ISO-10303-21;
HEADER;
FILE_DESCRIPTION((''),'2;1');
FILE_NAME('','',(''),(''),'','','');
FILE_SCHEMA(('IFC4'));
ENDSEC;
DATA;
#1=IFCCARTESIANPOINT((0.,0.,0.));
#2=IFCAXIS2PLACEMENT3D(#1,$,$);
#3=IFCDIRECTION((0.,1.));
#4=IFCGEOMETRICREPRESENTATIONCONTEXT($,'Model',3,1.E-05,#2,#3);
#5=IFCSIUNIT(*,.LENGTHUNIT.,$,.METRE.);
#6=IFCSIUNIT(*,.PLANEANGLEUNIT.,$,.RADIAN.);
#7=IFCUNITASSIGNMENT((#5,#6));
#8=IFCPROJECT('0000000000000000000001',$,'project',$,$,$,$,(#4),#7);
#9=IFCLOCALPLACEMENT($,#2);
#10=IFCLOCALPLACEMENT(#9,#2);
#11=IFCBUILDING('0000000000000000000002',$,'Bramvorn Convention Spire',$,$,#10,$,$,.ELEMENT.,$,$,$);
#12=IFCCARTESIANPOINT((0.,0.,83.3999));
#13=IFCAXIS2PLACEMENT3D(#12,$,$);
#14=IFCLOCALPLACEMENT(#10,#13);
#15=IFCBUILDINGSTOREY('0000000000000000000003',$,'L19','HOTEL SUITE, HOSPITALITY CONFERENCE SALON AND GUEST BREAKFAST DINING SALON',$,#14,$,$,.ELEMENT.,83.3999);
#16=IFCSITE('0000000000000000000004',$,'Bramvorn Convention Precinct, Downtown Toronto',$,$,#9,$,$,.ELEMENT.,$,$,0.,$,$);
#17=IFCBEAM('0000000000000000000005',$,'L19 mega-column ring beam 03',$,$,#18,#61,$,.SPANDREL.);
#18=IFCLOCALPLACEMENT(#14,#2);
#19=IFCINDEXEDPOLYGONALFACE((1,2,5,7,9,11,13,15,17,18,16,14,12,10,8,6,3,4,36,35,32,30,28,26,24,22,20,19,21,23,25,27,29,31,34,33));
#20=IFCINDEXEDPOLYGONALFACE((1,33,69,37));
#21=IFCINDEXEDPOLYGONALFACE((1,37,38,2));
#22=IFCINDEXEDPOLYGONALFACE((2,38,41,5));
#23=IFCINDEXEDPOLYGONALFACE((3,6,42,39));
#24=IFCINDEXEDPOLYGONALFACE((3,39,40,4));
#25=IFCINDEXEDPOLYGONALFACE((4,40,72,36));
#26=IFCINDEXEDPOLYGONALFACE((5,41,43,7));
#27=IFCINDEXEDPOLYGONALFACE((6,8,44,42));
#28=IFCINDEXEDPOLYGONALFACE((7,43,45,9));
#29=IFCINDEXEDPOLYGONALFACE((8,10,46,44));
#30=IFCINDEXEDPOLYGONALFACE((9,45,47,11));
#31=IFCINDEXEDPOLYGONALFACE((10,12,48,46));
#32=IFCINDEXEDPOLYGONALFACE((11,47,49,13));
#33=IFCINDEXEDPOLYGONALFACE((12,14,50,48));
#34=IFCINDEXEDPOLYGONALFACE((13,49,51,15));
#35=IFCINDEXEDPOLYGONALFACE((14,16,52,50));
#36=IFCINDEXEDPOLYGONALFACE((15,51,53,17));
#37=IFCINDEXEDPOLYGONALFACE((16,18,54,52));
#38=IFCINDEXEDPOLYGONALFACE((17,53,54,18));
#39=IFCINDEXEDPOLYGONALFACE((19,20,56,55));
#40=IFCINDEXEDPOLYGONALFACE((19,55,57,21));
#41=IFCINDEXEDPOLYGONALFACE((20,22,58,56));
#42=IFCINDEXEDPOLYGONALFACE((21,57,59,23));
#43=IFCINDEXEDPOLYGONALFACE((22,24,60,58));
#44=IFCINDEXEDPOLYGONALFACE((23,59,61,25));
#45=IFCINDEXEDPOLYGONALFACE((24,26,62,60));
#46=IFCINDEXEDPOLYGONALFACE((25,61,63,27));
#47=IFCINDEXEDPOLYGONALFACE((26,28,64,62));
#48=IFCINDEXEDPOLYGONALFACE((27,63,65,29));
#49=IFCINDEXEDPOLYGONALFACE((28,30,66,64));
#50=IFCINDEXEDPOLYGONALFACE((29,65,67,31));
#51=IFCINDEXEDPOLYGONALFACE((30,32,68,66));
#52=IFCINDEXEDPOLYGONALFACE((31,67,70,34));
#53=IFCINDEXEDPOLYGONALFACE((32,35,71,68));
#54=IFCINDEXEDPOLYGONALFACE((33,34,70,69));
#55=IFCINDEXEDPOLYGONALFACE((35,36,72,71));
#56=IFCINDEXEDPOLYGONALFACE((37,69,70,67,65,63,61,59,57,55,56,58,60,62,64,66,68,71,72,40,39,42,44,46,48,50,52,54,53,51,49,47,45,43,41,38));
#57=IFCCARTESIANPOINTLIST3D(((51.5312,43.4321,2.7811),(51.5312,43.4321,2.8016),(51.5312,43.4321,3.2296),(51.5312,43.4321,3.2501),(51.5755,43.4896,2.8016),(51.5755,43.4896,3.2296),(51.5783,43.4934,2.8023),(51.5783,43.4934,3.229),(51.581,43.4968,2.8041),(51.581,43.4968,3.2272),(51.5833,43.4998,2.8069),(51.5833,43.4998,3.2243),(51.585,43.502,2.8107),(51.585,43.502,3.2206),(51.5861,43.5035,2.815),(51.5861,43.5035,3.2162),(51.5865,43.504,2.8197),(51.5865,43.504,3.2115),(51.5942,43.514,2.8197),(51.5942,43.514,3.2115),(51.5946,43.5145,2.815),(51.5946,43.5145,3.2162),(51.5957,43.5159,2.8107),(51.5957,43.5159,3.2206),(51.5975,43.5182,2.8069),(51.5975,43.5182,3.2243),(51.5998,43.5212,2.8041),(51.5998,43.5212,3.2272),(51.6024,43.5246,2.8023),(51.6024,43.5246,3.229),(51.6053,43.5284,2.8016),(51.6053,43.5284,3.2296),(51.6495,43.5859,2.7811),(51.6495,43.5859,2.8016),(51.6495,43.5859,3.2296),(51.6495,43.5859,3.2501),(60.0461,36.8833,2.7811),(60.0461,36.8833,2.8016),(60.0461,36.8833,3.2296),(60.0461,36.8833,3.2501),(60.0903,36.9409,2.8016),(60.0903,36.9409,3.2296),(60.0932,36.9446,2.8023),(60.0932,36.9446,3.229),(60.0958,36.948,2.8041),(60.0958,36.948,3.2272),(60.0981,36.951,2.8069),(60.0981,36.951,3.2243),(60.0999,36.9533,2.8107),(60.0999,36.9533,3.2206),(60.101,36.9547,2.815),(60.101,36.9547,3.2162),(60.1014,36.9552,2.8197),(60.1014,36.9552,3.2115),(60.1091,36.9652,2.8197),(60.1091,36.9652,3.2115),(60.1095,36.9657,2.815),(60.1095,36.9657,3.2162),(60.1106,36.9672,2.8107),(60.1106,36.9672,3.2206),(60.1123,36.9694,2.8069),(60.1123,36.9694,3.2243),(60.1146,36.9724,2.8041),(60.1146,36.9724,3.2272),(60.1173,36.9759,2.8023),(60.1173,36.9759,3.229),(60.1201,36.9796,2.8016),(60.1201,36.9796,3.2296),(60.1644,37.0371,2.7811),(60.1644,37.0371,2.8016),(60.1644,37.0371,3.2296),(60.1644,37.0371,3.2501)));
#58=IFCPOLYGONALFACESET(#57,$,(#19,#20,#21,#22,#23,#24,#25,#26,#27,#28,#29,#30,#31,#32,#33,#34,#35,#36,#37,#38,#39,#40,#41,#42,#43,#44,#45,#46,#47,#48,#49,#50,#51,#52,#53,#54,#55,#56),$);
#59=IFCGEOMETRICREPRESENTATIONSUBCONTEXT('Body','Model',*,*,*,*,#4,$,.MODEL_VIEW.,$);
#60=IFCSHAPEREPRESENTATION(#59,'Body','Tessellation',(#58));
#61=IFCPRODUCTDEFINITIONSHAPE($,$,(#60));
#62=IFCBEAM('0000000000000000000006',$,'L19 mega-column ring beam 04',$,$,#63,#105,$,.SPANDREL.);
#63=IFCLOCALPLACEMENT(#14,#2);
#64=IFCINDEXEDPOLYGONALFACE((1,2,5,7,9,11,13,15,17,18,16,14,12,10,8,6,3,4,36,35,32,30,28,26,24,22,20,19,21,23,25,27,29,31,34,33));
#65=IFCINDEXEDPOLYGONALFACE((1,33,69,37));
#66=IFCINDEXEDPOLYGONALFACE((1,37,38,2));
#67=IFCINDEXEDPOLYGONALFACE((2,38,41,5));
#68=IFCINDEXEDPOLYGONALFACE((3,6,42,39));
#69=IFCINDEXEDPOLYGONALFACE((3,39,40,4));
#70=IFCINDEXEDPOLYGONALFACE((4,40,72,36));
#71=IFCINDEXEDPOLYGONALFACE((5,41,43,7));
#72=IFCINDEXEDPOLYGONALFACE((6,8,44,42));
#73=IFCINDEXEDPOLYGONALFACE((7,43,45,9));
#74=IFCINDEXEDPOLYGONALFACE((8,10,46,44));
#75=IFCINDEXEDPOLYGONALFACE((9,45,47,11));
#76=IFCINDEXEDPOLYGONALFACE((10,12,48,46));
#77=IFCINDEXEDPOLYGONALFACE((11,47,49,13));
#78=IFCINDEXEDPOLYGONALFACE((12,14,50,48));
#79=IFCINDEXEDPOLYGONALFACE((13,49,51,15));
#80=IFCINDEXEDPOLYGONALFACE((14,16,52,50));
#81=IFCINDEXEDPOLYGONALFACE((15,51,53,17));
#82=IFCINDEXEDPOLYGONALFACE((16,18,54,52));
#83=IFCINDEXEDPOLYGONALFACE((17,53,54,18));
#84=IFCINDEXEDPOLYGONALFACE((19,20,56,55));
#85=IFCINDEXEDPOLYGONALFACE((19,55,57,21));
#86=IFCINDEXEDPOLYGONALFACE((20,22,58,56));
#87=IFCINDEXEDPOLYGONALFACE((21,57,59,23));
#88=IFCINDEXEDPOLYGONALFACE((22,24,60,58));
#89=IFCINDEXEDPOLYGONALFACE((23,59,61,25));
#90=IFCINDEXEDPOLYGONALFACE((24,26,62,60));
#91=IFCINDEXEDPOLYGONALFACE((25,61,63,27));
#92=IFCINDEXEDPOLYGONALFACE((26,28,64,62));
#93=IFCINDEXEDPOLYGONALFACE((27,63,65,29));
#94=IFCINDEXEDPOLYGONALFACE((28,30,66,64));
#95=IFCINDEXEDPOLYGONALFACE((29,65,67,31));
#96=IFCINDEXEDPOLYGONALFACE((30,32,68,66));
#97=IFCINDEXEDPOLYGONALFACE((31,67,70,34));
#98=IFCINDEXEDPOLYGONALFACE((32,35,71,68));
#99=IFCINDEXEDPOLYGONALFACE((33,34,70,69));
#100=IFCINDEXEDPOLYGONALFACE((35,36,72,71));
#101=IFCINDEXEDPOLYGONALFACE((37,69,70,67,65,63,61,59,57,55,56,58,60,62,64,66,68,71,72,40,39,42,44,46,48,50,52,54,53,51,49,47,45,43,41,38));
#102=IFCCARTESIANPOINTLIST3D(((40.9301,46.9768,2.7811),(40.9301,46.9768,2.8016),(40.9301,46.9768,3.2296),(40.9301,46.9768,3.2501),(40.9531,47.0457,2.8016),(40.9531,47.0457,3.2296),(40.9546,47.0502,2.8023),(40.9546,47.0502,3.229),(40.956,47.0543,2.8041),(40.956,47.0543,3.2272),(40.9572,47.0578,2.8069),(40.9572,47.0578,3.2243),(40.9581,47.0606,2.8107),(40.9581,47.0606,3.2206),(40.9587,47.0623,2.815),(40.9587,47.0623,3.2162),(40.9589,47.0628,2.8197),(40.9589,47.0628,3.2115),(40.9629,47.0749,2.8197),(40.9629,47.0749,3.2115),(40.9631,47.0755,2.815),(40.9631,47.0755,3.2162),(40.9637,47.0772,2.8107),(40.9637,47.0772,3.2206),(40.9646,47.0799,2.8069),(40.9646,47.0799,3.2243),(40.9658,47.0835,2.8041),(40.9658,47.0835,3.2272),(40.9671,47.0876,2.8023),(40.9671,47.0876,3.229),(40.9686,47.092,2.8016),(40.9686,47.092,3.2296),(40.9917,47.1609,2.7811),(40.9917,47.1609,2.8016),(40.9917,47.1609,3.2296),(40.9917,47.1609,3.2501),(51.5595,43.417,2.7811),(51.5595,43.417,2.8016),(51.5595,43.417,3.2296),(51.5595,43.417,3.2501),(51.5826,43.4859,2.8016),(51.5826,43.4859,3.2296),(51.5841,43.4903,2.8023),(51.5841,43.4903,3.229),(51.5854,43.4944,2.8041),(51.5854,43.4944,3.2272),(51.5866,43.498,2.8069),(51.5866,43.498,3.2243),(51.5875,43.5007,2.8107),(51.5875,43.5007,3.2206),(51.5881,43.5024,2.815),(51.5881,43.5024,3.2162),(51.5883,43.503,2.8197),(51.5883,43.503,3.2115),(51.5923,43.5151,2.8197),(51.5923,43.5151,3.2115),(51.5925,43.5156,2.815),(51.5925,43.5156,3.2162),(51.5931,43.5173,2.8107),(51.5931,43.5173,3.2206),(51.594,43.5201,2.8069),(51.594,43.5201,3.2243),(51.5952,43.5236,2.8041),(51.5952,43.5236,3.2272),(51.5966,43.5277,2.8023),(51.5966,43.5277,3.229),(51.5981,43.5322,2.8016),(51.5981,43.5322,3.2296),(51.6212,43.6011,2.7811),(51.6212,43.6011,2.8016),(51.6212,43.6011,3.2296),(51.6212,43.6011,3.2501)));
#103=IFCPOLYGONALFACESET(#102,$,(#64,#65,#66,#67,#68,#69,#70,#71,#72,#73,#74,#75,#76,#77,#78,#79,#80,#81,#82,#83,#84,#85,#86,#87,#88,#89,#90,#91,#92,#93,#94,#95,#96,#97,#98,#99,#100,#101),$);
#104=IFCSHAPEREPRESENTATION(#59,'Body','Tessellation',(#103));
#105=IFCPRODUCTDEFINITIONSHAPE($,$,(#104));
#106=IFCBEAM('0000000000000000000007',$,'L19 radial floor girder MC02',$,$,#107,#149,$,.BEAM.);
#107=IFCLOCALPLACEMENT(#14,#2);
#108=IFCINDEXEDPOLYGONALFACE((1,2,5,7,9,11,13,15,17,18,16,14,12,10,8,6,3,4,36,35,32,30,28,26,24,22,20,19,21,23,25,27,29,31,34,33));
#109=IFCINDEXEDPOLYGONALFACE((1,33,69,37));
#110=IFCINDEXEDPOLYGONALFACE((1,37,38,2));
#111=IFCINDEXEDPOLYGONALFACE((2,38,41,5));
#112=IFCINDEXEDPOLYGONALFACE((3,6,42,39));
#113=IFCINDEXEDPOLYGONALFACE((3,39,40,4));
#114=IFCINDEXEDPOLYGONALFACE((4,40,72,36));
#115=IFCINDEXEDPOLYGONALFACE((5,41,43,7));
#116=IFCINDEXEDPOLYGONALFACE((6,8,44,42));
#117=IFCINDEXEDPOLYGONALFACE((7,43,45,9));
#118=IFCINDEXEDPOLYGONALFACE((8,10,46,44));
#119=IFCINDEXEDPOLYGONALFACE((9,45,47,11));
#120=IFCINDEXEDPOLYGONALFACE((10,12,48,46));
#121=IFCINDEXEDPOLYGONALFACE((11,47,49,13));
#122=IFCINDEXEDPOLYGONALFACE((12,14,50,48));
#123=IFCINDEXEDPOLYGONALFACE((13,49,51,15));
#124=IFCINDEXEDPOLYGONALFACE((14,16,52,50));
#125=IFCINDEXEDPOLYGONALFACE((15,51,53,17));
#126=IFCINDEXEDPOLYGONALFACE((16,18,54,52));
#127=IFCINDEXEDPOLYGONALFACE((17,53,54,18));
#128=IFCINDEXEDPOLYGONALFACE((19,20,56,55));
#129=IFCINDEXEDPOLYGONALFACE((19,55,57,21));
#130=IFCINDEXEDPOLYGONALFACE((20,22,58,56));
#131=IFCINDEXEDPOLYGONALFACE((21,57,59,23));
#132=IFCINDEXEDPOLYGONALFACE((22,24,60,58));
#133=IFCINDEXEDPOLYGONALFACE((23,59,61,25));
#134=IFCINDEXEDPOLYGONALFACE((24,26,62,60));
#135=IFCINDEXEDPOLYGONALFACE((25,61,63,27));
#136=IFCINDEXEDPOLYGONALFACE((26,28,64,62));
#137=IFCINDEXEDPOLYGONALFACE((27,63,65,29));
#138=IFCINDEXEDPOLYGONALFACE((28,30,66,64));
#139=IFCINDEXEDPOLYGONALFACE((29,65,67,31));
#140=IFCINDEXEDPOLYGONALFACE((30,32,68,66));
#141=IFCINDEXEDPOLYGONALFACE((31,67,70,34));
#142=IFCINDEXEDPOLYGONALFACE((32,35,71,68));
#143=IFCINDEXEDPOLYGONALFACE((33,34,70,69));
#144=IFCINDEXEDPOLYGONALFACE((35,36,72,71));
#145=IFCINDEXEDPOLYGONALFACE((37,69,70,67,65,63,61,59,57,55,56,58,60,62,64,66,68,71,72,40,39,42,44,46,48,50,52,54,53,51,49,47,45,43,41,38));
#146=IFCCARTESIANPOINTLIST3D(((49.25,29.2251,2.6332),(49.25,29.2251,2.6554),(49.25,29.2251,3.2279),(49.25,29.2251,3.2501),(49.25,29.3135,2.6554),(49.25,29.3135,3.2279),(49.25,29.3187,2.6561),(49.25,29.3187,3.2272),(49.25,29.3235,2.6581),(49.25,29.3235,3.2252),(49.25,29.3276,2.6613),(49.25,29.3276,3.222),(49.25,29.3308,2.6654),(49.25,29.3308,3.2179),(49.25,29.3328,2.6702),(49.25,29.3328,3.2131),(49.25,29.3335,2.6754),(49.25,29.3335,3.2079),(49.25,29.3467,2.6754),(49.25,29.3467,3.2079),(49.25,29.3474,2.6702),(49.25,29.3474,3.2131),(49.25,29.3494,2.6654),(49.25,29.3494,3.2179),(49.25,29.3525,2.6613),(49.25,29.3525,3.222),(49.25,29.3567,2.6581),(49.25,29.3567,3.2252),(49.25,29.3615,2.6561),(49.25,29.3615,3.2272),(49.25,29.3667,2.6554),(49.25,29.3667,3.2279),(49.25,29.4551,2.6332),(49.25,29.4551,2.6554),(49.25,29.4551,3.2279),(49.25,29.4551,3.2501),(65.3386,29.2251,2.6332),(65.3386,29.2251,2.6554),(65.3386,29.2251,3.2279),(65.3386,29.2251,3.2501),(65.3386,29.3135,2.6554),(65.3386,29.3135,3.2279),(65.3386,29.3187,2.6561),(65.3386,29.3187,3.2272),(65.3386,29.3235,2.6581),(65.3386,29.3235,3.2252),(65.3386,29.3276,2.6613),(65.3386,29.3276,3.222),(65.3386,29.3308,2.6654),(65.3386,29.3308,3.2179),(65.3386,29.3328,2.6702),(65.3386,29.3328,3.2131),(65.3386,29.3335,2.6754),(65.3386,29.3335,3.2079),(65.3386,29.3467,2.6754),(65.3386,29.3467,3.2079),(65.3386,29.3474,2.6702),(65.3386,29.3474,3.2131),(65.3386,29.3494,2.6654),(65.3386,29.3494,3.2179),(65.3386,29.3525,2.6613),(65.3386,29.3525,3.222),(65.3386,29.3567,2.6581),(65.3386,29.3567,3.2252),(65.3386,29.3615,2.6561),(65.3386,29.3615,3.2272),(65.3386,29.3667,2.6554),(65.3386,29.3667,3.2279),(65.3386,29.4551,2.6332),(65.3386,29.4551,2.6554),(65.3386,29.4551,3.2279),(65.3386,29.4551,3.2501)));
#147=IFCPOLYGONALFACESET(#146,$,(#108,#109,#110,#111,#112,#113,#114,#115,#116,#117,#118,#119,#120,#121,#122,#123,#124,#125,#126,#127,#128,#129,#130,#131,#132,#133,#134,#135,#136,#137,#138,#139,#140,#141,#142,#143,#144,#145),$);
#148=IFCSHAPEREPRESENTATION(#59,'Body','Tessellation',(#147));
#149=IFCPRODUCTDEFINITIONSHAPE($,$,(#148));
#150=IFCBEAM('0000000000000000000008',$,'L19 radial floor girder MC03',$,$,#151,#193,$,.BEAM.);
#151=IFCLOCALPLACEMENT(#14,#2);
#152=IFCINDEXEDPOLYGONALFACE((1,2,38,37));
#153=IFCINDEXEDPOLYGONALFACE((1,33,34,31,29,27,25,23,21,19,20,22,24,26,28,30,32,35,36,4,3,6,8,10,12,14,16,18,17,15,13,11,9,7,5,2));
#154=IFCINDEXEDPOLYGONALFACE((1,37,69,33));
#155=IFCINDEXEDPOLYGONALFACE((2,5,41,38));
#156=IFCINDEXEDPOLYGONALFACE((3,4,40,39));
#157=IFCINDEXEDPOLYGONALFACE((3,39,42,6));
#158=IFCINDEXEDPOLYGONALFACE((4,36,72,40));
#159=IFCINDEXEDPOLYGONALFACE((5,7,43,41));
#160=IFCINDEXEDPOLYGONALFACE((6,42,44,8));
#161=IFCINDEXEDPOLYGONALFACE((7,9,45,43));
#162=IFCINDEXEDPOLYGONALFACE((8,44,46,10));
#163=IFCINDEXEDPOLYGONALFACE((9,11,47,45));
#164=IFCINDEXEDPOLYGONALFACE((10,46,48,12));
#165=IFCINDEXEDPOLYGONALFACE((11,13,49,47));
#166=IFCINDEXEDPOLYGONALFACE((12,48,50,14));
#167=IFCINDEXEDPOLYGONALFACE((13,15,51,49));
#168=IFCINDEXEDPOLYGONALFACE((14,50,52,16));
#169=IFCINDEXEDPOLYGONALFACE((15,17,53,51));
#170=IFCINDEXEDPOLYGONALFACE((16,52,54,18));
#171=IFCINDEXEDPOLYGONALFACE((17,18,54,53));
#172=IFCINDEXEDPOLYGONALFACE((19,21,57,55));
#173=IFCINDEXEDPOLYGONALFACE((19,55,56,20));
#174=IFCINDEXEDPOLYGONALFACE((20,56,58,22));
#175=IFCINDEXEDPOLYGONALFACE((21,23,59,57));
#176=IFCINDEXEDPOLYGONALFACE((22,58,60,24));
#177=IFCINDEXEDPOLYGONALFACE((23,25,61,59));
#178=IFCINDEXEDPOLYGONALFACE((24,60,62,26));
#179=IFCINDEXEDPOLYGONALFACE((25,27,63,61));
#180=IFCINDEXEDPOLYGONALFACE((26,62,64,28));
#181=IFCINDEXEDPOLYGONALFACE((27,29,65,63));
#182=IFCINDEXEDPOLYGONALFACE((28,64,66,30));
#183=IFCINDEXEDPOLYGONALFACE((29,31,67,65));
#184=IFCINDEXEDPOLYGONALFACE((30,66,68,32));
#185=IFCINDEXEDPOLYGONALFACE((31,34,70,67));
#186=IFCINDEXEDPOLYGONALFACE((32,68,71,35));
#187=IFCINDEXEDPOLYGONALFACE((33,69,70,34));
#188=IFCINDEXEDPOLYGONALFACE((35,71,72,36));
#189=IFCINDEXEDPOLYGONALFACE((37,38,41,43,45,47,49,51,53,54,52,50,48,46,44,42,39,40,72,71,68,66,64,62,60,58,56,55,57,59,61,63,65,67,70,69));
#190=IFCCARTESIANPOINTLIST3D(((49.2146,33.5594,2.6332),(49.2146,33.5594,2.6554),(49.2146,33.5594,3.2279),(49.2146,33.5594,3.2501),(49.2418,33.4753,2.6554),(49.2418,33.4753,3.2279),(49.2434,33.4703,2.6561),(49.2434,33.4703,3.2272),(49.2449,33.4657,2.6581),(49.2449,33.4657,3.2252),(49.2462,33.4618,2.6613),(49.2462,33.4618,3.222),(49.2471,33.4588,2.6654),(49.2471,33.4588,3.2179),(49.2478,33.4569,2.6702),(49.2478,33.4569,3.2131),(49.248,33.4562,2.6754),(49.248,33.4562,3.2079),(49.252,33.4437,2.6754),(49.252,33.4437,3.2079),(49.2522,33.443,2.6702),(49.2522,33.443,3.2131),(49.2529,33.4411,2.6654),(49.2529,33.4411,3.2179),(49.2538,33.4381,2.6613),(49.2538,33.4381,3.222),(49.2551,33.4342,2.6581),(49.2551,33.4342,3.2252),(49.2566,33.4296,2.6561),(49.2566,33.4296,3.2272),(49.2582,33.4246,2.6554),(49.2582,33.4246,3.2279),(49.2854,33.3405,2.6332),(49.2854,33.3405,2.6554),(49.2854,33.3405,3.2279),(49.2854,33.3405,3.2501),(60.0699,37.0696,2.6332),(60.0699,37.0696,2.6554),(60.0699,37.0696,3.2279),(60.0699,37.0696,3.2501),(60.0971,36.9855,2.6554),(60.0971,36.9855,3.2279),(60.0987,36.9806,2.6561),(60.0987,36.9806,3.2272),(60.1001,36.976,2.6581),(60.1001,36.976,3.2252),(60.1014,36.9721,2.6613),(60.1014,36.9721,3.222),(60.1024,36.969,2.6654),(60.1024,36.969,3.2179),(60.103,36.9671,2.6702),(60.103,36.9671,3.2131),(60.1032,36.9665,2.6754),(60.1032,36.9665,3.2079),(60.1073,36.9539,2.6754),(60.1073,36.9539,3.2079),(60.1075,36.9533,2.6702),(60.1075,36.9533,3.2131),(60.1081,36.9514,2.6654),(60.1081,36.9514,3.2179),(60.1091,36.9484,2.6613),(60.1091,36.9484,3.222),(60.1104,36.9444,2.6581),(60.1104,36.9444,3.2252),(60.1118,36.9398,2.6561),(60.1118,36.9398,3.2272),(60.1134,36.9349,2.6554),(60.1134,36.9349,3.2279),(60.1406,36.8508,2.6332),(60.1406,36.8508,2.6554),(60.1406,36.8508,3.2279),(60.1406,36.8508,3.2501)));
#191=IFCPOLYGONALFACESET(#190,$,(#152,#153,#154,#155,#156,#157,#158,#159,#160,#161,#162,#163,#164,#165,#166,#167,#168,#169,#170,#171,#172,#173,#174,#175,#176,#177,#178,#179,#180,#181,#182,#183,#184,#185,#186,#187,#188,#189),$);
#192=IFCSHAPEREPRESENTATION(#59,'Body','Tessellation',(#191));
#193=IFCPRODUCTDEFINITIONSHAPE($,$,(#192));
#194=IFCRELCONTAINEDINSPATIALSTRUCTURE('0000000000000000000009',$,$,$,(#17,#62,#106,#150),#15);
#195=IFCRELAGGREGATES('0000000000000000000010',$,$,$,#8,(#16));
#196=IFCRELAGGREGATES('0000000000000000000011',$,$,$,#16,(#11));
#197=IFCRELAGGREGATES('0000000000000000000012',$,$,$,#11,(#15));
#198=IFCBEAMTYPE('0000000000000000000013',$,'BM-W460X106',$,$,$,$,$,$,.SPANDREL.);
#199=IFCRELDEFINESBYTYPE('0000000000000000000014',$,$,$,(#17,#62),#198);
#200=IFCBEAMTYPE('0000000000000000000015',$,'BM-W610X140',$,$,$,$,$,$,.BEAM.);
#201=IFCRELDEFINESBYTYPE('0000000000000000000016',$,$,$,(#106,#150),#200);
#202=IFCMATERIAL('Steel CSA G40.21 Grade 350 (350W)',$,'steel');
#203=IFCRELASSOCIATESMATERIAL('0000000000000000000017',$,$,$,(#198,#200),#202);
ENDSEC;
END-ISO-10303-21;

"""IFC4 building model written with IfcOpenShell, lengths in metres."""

from ifc_helpers import new_model, si_unit, direction, frame, origin, origin_2d, place, context, subcontext, project, spatial, i_section, extrude, material, material_profile, profile_set, type_object, element, save


model = new_model("IFC4")

# Units and contexts
model_context = context("Model", 3, precision=1e-05, world=origin(), true_north=direction((0.0, 1.0)))
body_context = subcontext(model_context, "Body", "Model", "MODEL_VIEW")
ifc_project = project(units=[si_unit("LENGTHUNIT", "METRE"), si_unit("PLANEANGLEUNIT", "RADIAN")], contexts=[model_context])

# Site, building, storey
site_placement = place(None, origin())
site = spatial("IfcSite", under=ifc_project, at=site_placement, Name="Bramvorn Convention Precinct, Downtown Toronto", CompositionType="ELEMENT", RefElevation=0.0)
building_placement = place(site_placement, origin())
building = spatial("IfcBuilding", under=site, at=building_placement, Name="Bramvorn Convention Spire", CompositionType="ELEMENT")
storey_placement = place(building_placement, frame((0.0, 0.0, 83.3999)))
storey = spatial("IfcBuildingStorey", under=building, at=storey_placement, Name="L19", Description="HOTEL SUITE, HOSPITALITY CONFERENCE SALON AND GUEST BREAKFAST DINING SALON", CompositionType="ELEMENT", Elevation=83.3999)

# Shared definitions
ifc_material_1 = material(Name="Steel CSA G40.21 Grade 350 (350W)", Category="steel")

# Beams
ifc_material_profile_1 = material_profile(ifc_material_1, i_section(OverallWidth=0.1941, OverallDepth=0.469, WebThickness=0.0127, FlangeThickness=0.0205, FilletRadius=0.0181, at=origin_2d()))
ifc_profile_set_1 = profile_set([ifc_material_profile_1], Name="Steel CSA G40.21 Grade 350 (350W) - W460X106")
beam_type_1 = type_object("IfcBeamType", Name="BM-W460X106", PredefinedType="SPANDREL", material=ifc_profile_set_1)
beam_1_placement = place(storey_placement, frame((60.1052, 36.9602, 3.0156), z_axis=(-0.792673, 0.609647, 0.0), x_axis=(-0.609647, -0.792673, 0.0)))
element("IfcBeam", 1, at=beam_1_placement, inside=storey, type_object=beam_type_1, Name="L19 mega-column ring beam 03", PredefinedType="SPANDREL", context=body_context, shape_type="SweptSolid", body=[
    extrude(i_section(OverallWidth=0.1941, OverallDepth=0.469, WebThickness=0.0127, FlangeThickness=0.0205, FilletRadius=0.0181, at=origin_2d()), origin(), (0.0, 0.0, 1.0), 10.7419),
])
beam_2_placement = place(storey_placement, frame((51.5903, 43.509, 3.0156), z_axis=(-0.948236, 0.317567, 0.0), x_axis=(-0.317567, -0.948236, 0.0)))
element("IfcBeam", 2, at=beam_2_placement, inside=storey, type_object=beam_type_1, Name="L19 mega-column ring beam 04", PredefinedType="SPANDREL", context=body_context, shape_type="SweptSolid", body=[
    extrude(i_section(OverallWidth=0.1941, OverallDepth=0.469, WebThickness=0.0127, FlangeThickness=0.0205, FilletRadius=0.0181, at=origin_2d()), origin(), (0.0, 0.0, 1.0), 11.2097),
])
ifc_material_profile_2 = material_profile(ifc_material_1, i_section(OverallWidth=0.23, OverallDepth=0.6169, WebThickness=0.0132, FlangeThickness=0.0222, FilletRadius=0.02, at=origin_2d()))
ifc_profile_set_2 = profile_set([ifc_material_profile_2], Name="Steel CSA G40.21 Grade 350 (350W) - W610X140")
beam_type_2 = type_object("IfcBeamType", Name="BM-W610X140", PredefinedType="BEAM", material=ifc_profile_set_2)
beam_3_placement = place(storey_placement, frame((49.25, 29.3401, 2.9417), z_axis=(1.0, 0.0, 0.0), x_axis=(0.0, 1.0, 0.0)))
element("IfcBeam", 3, at=beam_3_placement, inside=storey, type_object=beam_type_2, Name="L19 radial floor girder MC02", PredefinedType="BEAM", context=body_context, shape_type="SweptSolid", body=[
    extrude(i_section(OverallWidth=0.23, OverallDepth=0.6169, WebThickness=0.0132, FlangeThickness=0.0222, FilletRadius=0.02, at=origin_2d()), origin(), (0.0, 0.0, 1.0), 16.0886),
])
beam_4_placement = place(storey_placement, frame((49.25, 33.45, 2.9417), z_axis=(0.951489, 0.307683, 0.0), x_axis=(-0.307683, 0.951489, 0.0)))
element("IfcBeam", 4, at=beam_4_placement, inside=storey, type_object=beam_type_2, Name="L19 radial floor girder MC03", PredefinedType="BEAM", context=body_context, shape_type="SweptSolid", body=[
    extrude(i_section(OverallWidth=0.23, OverallDepth=0.6169, WebThickness=0.0132, FlangeThickness=0.0222, FilletRadius=0.02, at=origin_2d()), origin(), (0.0, 0.0, 1.0), 11.4087),
])

save(model, "model.ifc")
